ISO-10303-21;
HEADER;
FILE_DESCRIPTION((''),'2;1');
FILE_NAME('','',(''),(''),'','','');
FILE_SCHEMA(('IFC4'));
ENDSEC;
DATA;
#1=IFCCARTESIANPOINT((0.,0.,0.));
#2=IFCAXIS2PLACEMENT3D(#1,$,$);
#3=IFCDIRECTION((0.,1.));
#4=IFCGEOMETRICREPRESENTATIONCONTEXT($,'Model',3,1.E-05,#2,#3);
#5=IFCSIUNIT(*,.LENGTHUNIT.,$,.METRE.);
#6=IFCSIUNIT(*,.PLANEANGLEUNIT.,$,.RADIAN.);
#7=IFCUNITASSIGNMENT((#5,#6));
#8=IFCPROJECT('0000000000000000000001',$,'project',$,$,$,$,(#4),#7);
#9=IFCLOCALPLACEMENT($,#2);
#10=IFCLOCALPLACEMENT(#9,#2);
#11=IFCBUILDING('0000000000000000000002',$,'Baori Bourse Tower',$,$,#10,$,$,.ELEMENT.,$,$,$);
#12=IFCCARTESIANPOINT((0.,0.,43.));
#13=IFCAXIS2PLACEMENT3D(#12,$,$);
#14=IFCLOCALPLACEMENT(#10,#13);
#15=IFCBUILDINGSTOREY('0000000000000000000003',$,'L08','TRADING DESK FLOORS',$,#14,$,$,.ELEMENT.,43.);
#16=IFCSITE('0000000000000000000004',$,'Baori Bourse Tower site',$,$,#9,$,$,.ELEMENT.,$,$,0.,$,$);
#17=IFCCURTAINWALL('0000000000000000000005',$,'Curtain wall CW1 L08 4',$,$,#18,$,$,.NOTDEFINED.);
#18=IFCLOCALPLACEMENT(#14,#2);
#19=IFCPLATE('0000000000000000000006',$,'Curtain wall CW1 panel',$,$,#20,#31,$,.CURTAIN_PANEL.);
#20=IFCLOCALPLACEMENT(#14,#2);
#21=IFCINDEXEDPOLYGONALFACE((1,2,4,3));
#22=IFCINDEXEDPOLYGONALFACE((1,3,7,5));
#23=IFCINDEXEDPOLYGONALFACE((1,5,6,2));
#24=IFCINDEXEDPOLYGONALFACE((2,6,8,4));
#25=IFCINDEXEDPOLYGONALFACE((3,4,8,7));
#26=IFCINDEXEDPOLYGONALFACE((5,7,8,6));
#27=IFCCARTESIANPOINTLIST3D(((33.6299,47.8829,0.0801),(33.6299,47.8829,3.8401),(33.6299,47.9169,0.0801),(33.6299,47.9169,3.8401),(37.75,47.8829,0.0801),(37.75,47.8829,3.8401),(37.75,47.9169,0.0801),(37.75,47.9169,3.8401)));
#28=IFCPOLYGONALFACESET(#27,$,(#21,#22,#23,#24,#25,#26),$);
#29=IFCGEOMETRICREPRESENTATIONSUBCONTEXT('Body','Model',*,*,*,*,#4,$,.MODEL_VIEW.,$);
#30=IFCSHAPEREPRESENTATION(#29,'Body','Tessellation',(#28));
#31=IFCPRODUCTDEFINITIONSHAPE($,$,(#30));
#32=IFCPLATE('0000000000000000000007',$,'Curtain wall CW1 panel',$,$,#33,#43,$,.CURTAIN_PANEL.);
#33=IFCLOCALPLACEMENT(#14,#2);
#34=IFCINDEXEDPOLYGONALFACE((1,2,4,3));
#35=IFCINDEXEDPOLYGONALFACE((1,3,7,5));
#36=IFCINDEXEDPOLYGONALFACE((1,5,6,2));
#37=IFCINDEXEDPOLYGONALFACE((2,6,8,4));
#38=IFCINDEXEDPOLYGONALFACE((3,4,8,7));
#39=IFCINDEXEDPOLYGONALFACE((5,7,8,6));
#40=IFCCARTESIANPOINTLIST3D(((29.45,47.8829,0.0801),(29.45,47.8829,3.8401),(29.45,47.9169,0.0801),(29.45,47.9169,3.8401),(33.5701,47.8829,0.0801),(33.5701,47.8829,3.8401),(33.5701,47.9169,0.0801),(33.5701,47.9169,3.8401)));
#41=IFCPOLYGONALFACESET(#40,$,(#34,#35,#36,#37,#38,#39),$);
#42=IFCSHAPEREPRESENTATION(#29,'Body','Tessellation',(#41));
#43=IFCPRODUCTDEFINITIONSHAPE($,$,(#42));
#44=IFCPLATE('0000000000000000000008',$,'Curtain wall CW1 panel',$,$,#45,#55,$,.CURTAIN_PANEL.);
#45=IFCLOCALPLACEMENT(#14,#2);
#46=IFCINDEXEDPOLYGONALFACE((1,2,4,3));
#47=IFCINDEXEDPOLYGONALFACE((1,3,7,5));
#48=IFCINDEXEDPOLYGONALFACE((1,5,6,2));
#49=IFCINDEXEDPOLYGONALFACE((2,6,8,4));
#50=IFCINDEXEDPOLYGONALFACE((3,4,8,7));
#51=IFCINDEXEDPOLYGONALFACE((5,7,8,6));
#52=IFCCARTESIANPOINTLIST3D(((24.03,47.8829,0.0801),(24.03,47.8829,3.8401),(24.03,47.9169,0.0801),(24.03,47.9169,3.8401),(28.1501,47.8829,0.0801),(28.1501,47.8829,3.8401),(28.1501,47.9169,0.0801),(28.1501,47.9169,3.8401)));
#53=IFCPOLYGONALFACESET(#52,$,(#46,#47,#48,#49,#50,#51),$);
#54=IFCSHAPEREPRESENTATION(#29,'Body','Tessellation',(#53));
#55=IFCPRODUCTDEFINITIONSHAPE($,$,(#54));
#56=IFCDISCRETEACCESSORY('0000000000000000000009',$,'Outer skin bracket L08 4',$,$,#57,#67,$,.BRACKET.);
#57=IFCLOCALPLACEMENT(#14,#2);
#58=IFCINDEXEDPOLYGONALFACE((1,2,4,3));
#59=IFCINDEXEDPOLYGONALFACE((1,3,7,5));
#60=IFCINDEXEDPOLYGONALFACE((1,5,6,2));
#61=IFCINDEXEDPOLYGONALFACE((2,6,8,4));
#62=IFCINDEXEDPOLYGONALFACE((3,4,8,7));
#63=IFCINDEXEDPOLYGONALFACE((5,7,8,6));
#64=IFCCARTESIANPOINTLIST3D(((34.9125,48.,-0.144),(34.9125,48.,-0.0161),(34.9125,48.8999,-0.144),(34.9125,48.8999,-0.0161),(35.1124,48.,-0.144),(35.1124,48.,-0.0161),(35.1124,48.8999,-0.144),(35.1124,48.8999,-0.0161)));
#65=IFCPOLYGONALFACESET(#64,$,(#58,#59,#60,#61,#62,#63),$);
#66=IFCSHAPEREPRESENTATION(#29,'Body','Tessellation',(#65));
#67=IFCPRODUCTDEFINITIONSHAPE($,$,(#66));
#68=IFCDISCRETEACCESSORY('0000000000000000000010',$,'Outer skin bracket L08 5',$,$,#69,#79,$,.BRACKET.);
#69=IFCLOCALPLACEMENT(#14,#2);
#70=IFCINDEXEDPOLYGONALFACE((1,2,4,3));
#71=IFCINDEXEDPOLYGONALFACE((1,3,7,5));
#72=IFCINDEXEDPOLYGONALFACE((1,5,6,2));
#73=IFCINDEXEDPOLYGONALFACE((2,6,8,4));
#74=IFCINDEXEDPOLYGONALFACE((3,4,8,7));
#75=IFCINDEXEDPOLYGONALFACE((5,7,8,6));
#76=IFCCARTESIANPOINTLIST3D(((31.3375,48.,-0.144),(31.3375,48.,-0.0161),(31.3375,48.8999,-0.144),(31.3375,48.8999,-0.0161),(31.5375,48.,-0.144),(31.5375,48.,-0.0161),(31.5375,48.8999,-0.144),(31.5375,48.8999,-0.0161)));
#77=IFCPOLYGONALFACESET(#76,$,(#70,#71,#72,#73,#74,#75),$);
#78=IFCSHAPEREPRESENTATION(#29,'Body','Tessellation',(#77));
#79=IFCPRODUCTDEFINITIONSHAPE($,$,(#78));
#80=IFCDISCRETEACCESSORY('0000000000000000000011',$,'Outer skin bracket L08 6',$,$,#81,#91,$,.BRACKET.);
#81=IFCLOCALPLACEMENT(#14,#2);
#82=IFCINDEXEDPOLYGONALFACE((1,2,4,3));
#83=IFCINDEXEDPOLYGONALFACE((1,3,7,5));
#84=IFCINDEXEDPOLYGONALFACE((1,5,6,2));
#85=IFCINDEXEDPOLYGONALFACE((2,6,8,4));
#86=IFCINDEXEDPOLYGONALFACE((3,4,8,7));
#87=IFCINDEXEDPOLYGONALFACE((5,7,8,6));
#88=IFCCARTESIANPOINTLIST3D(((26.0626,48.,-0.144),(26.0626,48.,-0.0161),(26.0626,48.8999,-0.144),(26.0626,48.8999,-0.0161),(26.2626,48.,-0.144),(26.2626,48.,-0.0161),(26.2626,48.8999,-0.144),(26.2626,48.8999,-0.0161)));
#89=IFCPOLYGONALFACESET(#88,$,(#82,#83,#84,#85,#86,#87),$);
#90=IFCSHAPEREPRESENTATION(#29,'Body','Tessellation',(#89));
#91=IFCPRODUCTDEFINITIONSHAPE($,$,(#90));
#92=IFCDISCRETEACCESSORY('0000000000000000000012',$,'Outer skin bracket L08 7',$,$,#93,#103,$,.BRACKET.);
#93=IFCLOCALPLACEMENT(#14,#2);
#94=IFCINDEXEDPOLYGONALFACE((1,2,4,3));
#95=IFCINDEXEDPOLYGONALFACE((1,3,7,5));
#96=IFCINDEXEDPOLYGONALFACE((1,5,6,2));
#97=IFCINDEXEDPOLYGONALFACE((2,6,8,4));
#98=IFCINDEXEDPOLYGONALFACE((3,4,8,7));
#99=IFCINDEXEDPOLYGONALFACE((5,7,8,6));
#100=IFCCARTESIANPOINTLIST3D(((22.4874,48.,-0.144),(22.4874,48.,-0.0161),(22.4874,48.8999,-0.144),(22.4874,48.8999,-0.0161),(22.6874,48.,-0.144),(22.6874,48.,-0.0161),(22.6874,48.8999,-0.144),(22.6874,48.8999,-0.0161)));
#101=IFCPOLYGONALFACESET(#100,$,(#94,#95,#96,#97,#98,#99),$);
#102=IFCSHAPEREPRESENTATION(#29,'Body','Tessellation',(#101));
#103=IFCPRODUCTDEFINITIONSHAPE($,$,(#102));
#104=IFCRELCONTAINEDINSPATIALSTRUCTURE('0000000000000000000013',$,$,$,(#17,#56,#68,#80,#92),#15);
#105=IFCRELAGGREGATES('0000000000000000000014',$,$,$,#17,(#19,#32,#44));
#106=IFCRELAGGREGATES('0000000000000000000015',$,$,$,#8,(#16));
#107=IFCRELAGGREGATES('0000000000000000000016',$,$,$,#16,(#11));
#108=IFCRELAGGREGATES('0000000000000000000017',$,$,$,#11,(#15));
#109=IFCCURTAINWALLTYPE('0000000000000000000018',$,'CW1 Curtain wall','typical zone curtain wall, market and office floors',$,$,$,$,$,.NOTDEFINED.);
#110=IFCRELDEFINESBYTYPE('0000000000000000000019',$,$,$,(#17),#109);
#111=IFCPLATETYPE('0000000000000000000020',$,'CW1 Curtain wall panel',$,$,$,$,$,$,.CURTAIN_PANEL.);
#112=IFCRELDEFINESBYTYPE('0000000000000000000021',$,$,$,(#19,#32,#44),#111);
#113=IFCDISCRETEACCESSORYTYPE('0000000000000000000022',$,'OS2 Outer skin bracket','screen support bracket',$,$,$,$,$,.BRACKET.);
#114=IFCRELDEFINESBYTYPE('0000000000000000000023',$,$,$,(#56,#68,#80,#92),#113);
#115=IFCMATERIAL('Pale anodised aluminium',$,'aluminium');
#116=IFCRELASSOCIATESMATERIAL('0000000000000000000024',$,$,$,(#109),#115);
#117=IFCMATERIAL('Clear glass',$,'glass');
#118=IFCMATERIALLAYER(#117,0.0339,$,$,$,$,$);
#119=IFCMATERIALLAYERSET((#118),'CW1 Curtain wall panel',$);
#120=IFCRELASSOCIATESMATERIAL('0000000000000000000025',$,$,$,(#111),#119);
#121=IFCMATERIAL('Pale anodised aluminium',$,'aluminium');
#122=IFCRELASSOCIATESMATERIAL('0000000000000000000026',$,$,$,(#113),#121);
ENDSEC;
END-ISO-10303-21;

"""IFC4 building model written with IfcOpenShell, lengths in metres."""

from ifc_helpers import new_model, si_unit, direction, frame, origin, origin_2d, place, context, subcontext, project, spatial, rectangle, extrude, material, layer, layer_set, type_object, element, aggregate, save


model = new_model("IFC4")

# Units and contexts
model_context = context("Model", 3, precision=1e-05, world=origin(), true_north=direction((0.0, 1.0)))
body_context = subcontext(model_context, "Body", "Model", "MODEL_VIEW")
ifc_project = project(units=[si_unit("LENGTHUNIT", "METRE"), si_unit("PLANEANGLEUNIT", "RADIAN")], contexts=[model_context])

# Site, building, storey
site_placement = place(None, origin())
site = spatial("IfcSite", under=ifc_project, at=site_placement, Name="Baori Bourse Tower site", CompositionType="ELEMENT", RefElevation=0.0)
building_placement = place(site_placement, origin())
building = spatial("IfcBuilding", under=site, at=building_placement, Name="Baori Bourse Tower", CompositionType="ELEMENT")
storey_placement = place(building_placement, frame((0.0, 0.0, 43.0)))
storey = spatial("IfcBuildingStorey", under=building, at=storey_placement, Name="L08", Description="TRADING DESK FLOORS", CompositionType="ELEMENT", Elevation=43.0)

# Curtain wall
ifc_material_1 = material(Name="Pale anodised aluminium", Category="aluminium")
curtain_wall_type = type_object("IfcCurtainWallType", Name="CW1 Curtain wall", Description="typical zone curtain wall, market and office floors", PredefinedType="NOTDEFINED", material=ifc_material_1)
curtain_wall_placement = place(storey_placement, origin())
curtain_wall = element("IfcCurtainWall", 1, at=curtain_wall_placement, inside=storey, type_object=curtain_wall_type, Name="Curtain wall CW1 L08 4", PredefinedType="NOTDEFINED")

# Plates
ifc_material_2 = material(Name="Clear glass", Category="glass")
ifc_layer = layer(ifc_material_2, 0.0339)
ifc_layer_set = layer_set([ifc_layer], Name="CW1 Curtain wall panel")
plate_type = type_object("IfcPlateType", Name="CW1 Curtain wall panel", PredefinedType="CURTAIN_PANEL", material=ifc_layer_set)
plate_1_placement = place(storey_placement, frame((35.6899, 47.8999, 0.0801), z_axis=(0.0, 0.0, 1.0), x_axis=(-1.0, 0.0, 0.0)))
plate_1 = element("IfcPlate", 2, at=plate_1_placement, type_object=plate_type, Name="Curtain wall CW1 panel", PredefinedType="CURTAIN_PANEL", context=body_context, shape_type="SweptSolid", body=[
    extrude(rectangle(XDim=4.1201, YDim=0.0339, at=origin_2d()), origin(), (0.0, 0.0, 1.0), 3.76),
])
plate_2_placement = place(storey_placement, frame((31.51, 47.8999, 0.0801), z_axis=(0.0, 0.0, 1.0), x_axis=(-1.0, 0.0, 0.0)))
plate_2 = element("IfcPlate", 3, at=plate_2_placement, type_object=plate_type, Name="Curtain wall CW1 panel", PredefinedType="CURTAIN_PANEL", context=body_context, shape_type="SweptSolid", body=[
    extrude(rectangle(XDim=4.1201, YDim=0.0339, at=origin_2d()), origin(), (0.0, 0.0, 1.0), 3.76),
])
plate_3_placement = place(storey_placement, frame((26.0901, 47.8999, 0.0801), z_axis=(0.0, 0.0, 1.0), x_axis=(-1.0, 0.0, 0.0)))
plate_3 = element("IfcPlate", 4, at=plate_3_placement, type_object=plate_type, Name="Curtain wall CW1 panel", PredefinedType="CURTAIN_PANEL", context=body_context, shape_type="SweptSolid", body=[
    extrude(rectangle(XDim=4.1201, YDim=0.0339, at=origin_2d()), origin(), (0.0, 0.0, 1.0), 3.76),
])
aggregate(curtain_wall, [plate_1, plate_2, plate_3])

# Discrete accessories
ifc_material_3 = material(Name="Pale anodised aluminium", Category="aluminium")
discrete_accessory_type = type_object("IfcDiscreteAccessoryType", Name="OS2 Outer skin bracket", Description="screen support bracket", PredefinedType="BRACKET", material=ifc_material_3)
for number, where, z_axis, x_axis, name in (
    (5, (35.0125, 48.45, -0.144), (0.0, 0.0, 1.0), (-1.0, 0.0, 0.0), "Outer skin bracket L08 4"),
    (6, (31.4375, 48.45, -0.144), (0.0, 0.0, 1.0), (-1.0, 0.0, 0.0), "Outer skin bracket L08 5"),
    (7, (26.1626, 48.45, -0.144), (0.0, 0.0, 1.0), (-1.0, 0.0, 0.0), "Outer skin bracket L08 6"),
    (8, (22.5874, 48.45, -0.144), (0.0, 0.0, 1.0), (-1.0, 0.0, 0.0), "Outer skin bracket L08 7"),
):
    element("IfcDiscreteAccessory", number, at=place(storey_placement, frame(where, z_axis=z_axis, x_axis=x_axis)), inside=storey, type_object=discrete_accessory_type, Name=name, PredefinedType="BRACKET", context=body_context, shape_type="SweptSolid", body=[
        extrude(rectangle(XDim=0.2, YDim=0.8999, at=origin_2d()), origin(), (0.0, 0.0, 1.0), 0.1279),
    ])

save(model, "model.ifc")
